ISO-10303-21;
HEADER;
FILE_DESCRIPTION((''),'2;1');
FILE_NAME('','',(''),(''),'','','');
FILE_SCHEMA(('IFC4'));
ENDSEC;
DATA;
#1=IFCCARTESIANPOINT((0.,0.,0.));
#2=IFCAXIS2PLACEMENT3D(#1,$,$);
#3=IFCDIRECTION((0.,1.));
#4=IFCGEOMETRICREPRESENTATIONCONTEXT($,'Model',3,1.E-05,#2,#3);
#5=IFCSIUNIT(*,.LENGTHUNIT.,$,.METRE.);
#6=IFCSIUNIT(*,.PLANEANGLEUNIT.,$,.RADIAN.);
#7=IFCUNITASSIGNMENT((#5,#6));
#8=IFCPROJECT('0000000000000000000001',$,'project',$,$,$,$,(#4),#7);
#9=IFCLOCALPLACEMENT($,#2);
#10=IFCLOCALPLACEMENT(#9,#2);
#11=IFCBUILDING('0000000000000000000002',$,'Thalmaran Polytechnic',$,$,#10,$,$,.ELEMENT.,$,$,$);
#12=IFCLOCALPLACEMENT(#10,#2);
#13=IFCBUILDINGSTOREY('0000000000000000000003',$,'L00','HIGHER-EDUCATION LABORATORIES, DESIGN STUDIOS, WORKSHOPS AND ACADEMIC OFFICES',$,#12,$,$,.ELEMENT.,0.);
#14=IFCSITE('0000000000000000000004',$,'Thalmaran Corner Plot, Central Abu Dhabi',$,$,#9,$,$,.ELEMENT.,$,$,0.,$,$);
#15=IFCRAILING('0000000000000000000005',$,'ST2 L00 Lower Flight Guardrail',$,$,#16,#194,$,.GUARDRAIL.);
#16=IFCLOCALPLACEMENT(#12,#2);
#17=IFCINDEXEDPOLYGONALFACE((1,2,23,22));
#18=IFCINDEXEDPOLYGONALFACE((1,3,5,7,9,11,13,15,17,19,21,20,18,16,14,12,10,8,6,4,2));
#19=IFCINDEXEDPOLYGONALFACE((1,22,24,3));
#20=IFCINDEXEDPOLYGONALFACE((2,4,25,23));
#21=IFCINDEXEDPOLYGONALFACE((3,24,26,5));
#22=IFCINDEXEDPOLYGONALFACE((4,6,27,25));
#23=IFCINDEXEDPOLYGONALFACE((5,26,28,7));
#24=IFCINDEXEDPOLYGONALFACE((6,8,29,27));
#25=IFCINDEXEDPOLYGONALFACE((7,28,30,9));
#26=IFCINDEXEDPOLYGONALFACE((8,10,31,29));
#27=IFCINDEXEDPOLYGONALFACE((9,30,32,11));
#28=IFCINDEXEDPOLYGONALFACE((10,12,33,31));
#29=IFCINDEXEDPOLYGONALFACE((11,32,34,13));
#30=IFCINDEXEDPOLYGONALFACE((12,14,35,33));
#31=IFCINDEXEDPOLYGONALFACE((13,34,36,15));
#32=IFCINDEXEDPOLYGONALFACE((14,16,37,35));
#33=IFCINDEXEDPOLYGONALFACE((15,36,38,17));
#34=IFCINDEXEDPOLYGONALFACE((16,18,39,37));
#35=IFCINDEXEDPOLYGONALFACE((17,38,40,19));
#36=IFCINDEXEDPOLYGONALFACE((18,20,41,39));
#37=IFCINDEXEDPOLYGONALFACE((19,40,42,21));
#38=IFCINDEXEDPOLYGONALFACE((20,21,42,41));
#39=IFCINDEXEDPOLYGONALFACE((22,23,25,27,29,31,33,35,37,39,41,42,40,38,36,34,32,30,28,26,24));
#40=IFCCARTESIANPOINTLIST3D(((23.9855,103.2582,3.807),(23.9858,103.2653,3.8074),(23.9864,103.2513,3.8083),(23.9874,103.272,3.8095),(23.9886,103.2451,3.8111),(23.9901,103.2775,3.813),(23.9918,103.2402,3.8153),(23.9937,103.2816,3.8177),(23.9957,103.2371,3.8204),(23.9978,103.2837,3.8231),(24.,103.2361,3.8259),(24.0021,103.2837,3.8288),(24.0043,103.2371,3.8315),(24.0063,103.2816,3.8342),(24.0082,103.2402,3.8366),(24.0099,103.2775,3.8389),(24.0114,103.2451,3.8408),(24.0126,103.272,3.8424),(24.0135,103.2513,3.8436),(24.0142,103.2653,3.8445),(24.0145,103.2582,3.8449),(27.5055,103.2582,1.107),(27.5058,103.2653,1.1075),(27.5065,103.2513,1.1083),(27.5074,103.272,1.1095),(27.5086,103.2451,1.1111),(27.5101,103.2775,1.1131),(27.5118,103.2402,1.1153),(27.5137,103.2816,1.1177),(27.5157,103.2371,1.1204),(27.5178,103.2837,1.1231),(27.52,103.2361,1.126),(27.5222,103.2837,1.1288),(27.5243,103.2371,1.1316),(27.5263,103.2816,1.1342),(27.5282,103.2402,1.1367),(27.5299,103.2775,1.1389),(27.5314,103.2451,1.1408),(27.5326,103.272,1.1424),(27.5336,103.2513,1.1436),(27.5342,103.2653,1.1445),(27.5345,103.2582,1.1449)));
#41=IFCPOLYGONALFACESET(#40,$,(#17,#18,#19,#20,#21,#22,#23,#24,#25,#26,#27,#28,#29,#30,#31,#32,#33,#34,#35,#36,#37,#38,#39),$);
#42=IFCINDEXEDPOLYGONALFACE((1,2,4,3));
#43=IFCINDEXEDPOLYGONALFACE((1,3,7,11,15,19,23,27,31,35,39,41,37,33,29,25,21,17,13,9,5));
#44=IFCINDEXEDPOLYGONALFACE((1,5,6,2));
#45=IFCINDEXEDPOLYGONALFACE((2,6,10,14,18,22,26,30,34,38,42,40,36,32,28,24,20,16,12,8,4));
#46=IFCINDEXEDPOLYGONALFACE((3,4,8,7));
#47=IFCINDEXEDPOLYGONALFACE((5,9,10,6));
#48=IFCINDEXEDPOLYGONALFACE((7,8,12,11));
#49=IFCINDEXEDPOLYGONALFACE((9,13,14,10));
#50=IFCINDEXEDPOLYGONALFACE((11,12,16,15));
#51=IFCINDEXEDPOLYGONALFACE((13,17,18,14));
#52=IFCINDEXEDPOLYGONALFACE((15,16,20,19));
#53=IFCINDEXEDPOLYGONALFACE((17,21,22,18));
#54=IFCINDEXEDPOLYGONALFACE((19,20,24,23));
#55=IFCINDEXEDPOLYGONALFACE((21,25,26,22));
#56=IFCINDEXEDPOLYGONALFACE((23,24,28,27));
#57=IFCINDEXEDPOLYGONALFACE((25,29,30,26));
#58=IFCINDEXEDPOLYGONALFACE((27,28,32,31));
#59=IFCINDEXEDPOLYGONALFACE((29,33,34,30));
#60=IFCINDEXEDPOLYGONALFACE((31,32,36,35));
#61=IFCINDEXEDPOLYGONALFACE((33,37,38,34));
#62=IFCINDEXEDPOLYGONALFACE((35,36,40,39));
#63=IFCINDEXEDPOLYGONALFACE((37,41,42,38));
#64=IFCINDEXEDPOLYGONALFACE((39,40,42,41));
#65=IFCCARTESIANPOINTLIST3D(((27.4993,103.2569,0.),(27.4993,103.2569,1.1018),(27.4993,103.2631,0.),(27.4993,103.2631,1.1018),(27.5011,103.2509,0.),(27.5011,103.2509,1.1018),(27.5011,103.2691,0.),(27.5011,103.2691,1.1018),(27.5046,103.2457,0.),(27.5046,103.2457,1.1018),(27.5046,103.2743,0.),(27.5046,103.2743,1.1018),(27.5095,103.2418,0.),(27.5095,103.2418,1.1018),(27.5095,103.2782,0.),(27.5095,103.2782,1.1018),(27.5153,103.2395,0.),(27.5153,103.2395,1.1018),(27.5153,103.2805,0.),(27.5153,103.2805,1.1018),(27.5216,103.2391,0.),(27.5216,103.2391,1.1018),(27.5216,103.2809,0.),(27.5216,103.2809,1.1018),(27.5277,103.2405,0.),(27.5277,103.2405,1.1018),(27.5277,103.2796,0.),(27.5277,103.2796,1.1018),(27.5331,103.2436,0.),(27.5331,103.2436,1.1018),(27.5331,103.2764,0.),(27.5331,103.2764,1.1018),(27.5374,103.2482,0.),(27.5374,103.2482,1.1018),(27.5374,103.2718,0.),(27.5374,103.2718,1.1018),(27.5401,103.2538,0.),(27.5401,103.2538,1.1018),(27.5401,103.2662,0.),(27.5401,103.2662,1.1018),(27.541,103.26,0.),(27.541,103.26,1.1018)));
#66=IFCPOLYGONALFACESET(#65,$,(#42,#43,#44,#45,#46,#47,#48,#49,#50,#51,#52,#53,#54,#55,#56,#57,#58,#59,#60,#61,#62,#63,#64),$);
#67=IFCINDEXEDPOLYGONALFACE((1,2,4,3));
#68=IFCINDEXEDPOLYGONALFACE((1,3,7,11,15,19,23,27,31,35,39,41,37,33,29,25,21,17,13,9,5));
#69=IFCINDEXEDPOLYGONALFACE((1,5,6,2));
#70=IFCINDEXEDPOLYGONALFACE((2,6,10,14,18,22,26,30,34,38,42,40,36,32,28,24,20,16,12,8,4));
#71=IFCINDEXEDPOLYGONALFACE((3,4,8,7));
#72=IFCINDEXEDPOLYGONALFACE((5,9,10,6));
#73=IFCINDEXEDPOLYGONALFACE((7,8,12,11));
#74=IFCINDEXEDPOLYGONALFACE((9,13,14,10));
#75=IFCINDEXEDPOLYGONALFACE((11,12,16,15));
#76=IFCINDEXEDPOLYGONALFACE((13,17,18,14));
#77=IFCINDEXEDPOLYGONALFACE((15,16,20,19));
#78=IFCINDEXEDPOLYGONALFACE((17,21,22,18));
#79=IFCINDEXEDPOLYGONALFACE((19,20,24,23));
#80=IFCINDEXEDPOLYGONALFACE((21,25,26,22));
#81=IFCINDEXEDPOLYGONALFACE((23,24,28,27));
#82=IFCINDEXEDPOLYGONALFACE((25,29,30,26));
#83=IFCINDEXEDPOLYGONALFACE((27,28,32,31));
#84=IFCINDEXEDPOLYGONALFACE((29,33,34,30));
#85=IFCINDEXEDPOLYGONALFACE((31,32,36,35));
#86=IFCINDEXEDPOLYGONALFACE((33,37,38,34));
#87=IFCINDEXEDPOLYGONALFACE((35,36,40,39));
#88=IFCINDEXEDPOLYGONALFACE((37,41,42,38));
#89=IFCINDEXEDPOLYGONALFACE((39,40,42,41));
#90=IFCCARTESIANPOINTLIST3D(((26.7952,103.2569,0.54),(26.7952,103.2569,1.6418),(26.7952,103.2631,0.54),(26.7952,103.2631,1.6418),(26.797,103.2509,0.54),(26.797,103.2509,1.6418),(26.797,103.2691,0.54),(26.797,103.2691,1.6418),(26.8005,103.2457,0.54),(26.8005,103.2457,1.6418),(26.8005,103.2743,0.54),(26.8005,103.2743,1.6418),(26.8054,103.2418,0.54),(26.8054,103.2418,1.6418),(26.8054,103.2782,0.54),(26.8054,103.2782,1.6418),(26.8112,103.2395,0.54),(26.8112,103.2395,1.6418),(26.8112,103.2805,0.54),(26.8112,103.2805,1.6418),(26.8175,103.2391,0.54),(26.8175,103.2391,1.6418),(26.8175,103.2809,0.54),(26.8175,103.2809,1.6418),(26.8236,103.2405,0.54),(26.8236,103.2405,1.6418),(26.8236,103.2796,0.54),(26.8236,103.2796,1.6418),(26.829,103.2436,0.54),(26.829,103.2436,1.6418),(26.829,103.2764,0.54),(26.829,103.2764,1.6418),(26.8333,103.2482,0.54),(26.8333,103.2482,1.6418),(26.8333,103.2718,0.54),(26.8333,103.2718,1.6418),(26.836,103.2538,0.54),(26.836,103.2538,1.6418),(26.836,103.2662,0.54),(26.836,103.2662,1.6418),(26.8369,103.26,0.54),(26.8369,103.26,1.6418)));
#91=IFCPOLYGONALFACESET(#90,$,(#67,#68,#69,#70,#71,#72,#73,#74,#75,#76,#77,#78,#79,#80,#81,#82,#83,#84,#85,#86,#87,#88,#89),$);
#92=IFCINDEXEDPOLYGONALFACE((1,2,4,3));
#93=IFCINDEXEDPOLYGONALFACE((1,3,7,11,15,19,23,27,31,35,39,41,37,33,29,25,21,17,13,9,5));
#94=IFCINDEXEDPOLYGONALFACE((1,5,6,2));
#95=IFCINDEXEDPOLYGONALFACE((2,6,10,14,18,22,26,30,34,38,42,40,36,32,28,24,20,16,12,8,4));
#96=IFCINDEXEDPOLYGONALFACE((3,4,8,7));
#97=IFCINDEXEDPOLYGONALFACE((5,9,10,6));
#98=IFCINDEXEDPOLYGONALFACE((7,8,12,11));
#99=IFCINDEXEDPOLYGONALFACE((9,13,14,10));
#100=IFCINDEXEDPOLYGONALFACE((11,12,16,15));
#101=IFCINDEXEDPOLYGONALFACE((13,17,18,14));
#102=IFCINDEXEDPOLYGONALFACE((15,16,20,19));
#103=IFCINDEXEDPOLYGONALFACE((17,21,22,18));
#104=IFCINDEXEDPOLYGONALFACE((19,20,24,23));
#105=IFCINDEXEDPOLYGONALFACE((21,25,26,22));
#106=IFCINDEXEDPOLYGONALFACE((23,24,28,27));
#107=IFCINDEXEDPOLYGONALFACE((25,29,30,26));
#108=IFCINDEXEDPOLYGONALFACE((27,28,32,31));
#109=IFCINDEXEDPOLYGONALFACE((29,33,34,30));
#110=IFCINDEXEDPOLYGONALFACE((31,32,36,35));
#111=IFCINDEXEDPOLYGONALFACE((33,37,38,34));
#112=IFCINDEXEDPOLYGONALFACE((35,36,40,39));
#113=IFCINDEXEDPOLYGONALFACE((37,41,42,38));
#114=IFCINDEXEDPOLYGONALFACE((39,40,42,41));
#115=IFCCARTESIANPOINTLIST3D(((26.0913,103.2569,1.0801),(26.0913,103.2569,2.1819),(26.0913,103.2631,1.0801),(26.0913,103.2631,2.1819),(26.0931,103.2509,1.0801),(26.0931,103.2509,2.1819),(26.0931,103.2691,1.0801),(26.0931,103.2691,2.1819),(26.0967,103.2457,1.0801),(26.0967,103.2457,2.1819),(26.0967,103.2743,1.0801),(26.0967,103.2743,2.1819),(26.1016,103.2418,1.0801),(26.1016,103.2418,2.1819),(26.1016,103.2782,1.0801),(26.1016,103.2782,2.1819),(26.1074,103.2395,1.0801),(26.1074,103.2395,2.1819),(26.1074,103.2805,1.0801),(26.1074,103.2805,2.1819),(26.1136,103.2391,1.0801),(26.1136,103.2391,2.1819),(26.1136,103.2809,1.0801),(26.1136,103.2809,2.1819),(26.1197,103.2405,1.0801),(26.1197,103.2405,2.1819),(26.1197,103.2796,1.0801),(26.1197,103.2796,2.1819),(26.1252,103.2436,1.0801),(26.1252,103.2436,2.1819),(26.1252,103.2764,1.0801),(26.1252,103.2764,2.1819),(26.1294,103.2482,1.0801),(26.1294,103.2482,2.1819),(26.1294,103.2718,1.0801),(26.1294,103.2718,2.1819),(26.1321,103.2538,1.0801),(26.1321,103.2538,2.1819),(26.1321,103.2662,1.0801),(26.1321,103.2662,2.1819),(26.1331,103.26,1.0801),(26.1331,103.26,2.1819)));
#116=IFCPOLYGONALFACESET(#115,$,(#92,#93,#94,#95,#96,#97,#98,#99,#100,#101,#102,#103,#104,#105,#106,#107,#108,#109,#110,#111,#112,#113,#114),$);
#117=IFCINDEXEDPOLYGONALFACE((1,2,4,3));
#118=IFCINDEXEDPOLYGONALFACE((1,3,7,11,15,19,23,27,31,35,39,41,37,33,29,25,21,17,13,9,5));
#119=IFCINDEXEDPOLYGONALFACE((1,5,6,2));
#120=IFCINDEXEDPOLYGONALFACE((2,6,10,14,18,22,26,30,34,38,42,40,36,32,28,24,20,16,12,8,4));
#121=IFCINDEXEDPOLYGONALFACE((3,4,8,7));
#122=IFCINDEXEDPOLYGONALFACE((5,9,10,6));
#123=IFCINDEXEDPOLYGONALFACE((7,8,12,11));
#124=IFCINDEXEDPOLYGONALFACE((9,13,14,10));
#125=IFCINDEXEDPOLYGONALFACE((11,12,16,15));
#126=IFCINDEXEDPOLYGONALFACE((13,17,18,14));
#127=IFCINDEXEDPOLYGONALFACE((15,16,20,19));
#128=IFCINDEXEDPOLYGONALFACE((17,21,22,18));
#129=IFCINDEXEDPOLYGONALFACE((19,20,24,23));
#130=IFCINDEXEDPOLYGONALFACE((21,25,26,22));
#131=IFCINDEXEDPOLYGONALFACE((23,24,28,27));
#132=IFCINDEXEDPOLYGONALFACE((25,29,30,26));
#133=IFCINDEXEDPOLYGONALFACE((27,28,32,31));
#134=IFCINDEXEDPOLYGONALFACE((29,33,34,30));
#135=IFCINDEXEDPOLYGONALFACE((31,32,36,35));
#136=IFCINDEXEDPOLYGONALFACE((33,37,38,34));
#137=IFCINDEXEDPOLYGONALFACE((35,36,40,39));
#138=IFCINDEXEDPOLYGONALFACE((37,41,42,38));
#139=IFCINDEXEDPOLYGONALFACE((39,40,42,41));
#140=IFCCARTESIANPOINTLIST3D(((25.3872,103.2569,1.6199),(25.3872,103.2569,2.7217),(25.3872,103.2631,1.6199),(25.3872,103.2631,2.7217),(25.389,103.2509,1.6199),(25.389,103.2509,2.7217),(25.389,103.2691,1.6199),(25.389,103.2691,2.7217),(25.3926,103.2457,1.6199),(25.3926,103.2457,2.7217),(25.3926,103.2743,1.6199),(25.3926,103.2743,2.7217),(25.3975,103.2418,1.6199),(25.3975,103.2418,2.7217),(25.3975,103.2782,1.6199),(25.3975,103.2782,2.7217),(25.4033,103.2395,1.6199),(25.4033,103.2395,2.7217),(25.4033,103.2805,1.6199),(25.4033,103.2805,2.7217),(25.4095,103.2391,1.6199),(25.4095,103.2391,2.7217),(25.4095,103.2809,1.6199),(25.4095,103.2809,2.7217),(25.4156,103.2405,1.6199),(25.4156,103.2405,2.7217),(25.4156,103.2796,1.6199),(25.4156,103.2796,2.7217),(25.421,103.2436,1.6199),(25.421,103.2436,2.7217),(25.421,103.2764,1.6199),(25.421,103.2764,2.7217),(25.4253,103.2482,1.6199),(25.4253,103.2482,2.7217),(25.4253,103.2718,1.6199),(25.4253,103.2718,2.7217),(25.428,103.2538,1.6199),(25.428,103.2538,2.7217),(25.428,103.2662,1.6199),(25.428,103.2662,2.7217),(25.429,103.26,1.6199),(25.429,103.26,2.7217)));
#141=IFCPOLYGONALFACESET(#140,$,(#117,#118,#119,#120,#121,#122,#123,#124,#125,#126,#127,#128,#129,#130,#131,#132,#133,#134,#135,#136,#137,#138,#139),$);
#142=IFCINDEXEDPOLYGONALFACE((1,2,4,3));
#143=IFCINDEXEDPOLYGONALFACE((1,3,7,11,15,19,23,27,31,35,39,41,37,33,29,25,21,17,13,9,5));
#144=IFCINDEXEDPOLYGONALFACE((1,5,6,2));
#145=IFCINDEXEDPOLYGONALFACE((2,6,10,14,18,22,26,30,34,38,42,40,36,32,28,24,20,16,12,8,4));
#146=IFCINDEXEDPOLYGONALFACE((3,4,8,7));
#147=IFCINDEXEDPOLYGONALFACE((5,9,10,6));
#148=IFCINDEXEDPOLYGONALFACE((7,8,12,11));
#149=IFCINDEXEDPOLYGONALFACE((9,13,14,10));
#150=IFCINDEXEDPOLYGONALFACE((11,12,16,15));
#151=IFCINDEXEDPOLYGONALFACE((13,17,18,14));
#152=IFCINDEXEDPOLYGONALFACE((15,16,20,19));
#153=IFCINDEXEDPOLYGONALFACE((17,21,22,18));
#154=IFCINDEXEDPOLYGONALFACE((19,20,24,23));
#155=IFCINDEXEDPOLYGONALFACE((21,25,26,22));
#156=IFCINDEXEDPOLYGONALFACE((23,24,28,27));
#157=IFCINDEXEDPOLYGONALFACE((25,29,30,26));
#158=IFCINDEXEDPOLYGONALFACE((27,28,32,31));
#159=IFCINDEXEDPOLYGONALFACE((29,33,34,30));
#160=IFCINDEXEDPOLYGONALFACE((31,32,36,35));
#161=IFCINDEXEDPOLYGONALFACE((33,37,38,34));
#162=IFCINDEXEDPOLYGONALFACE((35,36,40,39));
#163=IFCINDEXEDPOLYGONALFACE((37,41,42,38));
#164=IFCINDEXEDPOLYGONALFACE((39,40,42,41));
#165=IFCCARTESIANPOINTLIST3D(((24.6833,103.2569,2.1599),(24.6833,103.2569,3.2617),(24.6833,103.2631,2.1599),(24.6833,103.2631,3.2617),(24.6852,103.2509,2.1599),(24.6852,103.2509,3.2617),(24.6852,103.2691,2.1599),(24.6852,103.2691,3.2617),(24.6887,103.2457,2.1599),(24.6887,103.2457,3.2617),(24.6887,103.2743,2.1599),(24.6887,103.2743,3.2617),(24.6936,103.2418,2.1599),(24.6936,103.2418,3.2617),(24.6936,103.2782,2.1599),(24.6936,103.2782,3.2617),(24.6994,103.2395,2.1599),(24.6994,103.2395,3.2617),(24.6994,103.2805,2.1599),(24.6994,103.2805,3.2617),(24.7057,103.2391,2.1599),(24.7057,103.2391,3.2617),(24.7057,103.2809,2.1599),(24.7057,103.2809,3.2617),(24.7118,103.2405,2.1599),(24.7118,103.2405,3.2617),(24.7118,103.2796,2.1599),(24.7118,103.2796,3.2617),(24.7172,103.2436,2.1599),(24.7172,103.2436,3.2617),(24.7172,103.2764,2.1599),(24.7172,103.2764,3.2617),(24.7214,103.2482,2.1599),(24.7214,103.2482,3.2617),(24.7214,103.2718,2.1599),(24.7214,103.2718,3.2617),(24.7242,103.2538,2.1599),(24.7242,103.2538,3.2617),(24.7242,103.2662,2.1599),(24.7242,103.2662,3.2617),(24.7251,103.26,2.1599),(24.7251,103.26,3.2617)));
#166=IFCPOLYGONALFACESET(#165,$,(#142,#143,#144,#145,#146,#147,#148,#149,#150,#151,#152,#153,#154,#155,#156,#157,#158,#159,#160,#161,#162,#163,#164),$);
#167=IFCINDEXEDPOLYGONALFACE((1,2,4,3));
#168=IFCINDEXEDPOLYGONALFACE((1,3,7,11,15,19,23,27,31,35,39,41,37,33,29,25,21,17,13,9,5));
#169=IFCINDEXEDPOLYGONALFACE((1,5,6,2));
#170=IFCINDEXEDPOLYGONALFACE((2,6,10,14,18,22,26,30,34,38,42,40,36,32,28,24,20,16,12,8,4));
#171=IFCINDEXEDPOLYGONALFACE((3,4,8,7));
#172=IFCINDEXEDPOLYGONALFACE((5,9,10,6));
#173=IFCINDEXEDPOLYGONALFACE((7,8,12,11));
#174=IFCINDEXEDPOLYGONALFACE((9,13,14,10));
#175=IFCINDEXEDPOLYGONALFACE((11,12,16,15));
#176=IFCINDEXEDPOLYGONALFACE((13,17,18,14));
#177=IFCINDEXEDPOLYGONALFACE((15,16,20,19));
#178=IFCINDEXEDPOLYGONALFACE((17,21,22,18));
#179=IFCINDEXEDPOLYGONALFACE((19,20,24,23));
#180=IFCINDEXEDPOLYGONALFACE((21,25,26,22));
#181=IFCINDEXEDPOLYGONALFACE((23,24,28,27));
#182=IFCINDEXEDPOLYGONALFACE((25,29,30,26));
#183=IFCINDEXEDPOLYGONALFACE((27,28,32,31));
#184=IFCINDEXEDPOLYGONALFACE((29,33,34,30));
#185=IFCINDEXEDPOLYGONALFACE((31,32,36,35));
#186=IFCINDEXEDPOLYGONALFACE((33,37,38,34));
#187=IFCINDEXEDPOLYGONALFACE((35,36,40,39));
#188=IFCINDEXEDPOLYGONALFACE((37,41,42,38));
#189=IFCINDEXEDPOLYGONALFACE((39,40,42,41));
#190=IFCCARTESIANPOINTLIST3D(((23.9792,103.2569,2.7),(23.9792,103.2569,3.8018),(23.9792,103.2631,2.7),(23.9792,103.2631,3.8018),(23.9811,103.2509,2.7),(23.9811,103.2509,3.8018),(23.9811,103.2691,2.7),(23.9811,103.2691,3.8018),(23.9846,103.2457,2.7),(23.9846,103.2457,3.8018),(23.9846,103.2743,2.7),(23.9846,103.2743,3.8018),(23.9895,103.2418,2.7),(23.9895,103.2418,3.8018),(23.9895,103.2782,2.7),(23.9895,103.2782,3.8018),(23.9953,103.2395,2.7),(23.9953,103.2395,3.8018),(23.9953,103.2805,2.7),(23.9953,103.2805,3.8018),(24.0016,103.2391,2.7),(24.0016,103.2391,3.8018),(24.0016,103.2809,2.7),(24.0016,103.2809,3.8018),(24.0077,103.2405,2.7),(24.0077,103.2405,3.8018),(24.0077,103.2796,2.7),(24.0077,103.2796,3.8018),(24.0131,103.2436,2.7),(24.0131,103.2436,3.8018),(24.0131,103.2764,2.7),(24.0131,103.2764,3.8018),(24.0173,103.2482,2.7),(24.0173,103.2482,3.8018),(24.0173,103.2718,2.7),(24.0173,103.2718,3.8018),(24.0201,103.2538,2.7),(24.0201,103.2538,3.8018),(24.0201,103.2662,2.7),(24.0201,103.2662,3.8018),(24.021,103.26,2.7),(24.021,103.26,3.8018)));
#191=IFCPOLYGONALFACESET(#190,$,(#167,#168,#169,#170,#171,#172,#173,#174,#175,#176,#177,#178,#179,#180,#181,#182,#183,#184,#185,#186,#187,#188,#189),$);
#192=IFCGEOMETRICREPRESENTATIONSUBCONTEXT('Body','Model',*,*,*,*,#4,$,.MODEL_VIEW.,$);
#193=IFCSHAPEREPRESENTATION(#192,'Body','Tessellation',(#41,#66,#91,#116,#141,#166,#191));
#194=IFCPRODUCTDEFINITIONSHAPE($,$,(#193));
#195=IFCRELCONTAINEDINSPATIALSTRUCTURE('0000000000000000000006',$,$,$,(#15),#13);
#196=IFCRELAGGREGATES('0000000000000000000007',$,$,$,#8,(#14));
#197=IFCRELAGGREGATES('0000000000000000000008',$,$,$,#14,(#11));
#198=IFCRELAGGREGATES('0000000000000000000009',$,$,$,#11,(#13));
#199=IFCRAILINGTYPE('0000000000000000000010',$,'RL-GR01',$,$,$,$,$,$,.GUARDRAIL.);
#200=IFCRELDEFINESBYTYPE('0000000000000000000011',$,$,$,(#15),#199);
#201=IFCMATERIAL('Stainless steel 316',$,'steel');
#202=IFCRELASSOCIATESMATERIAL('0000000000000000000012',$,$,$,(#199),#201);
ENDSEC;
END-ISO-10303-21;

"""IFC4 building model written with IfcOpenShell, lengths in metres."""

from ifc_helpers import new_model, si_unit, direction, frame, origin, origin_2d, place, context, subcontext, project, spatial, circle, extrude, material, type_object, element, save


model = new_model("IFC4")

# Units and contexts
model_context = context("Model", 3, precision=1e-05, world=origin(), true_north=direction((0.0, 1.0)))
body_context = subcontext(model_context, "Body", "Model", "MODEL_VIEW")
ifc_project = project(units=[si_unit("LENGTHUNIT", "METRE"), si_unit("PLANEANGLEUNIT", "RADIAN")], contexts=[model_context])

# Site, building, storey
site_placement = place(None, origin())
site = spatial("IfcSite", under=ifc_project, at=site_placement, Name="Thalmaran Corner Plot, Central Abu Dhabi", CompositionType="ELEMENT", RefElevation=0.0)
building_placement = place(site_placement, origin())
building = spatial("IfcBuilding", under=site, at=building_placement, Name="Thalmaran Polytechnic", CompositionType="ELEMENT")
storey_placement = place(building_placement, origin())
storey = spatial("IfcBuildingStorey", under=building, at=storey_placement, Name="L00", Description="HIGHER-EDUCATION LABORATORIES, DESIGN STUDIOS, WORKSHOPS AND ACADEMIC OFFICES", CompositionType="ELEMENT", Elevation=0.0)

# Railing
ifc_material_1 = material(Name="Stainless steel 316", Category="steel")
railing_type_1 = type_object("IfcRailingType", Name="RL-GR01", PredefinedType="GUARDRAIL", material=ifc_material_1)
railing_1_placement = place(storey_placement, frame((27.52, 103.26, 0.0)))
element("IfcRailing", 1, at=railing_1_placement, inside=storey, type_object=railing_type_1, Name="ST2 L00 Lower Flight Guardrail", PredefinedType="GUARDRAIL", context=body_context, shape_type="SweptSolid", body=[
    extrude(circle(Radius=0.0239, at=origin_2d()), frame((0.0, 0.0, 1.126), z_axis=(-0.793468, 0.0, 0.608612), x_axis=(0.0, -1.0, 0.0)), (0.0, 0.0, 1.0), 4.4363),
    extrude(circle(Radius=0.021, at=origin_2d()), origin(), (0.0, 0.0, 1.0), 1.1018),
    extrude(circle(Radius=0.021, at=origin_2d()), frame((-0.7041, 0.0, 0.54)), (0.0, 0.0, 1.0), 1.1018),
    extrude(circle(Radius=0.021, at=origin_2d()), frame((-1.408, 0.0, 1.0801)), (0.0, 0.0, 1.0), 1.1018),
    extrude(circle(Radius=0.021, at=origin_2d()), frame((-2.1121, 0.0, 1.6199)), (0.0, 0.0, 1.0), 1.1018),
    extrude(circle(Radius=0.021, at=origin_2d()), frame((-2.8159, 0.0, 2.1599)), (0.0, 0.0, 1.0), 1.1018),
    extrude(circle(Radius=0.021, at=origin_2d()), frame((-3.52, 0.0, 2.7)), (0.0, 0.0, 1.0), 1.1018),
])

save(model, "model.ifc")
